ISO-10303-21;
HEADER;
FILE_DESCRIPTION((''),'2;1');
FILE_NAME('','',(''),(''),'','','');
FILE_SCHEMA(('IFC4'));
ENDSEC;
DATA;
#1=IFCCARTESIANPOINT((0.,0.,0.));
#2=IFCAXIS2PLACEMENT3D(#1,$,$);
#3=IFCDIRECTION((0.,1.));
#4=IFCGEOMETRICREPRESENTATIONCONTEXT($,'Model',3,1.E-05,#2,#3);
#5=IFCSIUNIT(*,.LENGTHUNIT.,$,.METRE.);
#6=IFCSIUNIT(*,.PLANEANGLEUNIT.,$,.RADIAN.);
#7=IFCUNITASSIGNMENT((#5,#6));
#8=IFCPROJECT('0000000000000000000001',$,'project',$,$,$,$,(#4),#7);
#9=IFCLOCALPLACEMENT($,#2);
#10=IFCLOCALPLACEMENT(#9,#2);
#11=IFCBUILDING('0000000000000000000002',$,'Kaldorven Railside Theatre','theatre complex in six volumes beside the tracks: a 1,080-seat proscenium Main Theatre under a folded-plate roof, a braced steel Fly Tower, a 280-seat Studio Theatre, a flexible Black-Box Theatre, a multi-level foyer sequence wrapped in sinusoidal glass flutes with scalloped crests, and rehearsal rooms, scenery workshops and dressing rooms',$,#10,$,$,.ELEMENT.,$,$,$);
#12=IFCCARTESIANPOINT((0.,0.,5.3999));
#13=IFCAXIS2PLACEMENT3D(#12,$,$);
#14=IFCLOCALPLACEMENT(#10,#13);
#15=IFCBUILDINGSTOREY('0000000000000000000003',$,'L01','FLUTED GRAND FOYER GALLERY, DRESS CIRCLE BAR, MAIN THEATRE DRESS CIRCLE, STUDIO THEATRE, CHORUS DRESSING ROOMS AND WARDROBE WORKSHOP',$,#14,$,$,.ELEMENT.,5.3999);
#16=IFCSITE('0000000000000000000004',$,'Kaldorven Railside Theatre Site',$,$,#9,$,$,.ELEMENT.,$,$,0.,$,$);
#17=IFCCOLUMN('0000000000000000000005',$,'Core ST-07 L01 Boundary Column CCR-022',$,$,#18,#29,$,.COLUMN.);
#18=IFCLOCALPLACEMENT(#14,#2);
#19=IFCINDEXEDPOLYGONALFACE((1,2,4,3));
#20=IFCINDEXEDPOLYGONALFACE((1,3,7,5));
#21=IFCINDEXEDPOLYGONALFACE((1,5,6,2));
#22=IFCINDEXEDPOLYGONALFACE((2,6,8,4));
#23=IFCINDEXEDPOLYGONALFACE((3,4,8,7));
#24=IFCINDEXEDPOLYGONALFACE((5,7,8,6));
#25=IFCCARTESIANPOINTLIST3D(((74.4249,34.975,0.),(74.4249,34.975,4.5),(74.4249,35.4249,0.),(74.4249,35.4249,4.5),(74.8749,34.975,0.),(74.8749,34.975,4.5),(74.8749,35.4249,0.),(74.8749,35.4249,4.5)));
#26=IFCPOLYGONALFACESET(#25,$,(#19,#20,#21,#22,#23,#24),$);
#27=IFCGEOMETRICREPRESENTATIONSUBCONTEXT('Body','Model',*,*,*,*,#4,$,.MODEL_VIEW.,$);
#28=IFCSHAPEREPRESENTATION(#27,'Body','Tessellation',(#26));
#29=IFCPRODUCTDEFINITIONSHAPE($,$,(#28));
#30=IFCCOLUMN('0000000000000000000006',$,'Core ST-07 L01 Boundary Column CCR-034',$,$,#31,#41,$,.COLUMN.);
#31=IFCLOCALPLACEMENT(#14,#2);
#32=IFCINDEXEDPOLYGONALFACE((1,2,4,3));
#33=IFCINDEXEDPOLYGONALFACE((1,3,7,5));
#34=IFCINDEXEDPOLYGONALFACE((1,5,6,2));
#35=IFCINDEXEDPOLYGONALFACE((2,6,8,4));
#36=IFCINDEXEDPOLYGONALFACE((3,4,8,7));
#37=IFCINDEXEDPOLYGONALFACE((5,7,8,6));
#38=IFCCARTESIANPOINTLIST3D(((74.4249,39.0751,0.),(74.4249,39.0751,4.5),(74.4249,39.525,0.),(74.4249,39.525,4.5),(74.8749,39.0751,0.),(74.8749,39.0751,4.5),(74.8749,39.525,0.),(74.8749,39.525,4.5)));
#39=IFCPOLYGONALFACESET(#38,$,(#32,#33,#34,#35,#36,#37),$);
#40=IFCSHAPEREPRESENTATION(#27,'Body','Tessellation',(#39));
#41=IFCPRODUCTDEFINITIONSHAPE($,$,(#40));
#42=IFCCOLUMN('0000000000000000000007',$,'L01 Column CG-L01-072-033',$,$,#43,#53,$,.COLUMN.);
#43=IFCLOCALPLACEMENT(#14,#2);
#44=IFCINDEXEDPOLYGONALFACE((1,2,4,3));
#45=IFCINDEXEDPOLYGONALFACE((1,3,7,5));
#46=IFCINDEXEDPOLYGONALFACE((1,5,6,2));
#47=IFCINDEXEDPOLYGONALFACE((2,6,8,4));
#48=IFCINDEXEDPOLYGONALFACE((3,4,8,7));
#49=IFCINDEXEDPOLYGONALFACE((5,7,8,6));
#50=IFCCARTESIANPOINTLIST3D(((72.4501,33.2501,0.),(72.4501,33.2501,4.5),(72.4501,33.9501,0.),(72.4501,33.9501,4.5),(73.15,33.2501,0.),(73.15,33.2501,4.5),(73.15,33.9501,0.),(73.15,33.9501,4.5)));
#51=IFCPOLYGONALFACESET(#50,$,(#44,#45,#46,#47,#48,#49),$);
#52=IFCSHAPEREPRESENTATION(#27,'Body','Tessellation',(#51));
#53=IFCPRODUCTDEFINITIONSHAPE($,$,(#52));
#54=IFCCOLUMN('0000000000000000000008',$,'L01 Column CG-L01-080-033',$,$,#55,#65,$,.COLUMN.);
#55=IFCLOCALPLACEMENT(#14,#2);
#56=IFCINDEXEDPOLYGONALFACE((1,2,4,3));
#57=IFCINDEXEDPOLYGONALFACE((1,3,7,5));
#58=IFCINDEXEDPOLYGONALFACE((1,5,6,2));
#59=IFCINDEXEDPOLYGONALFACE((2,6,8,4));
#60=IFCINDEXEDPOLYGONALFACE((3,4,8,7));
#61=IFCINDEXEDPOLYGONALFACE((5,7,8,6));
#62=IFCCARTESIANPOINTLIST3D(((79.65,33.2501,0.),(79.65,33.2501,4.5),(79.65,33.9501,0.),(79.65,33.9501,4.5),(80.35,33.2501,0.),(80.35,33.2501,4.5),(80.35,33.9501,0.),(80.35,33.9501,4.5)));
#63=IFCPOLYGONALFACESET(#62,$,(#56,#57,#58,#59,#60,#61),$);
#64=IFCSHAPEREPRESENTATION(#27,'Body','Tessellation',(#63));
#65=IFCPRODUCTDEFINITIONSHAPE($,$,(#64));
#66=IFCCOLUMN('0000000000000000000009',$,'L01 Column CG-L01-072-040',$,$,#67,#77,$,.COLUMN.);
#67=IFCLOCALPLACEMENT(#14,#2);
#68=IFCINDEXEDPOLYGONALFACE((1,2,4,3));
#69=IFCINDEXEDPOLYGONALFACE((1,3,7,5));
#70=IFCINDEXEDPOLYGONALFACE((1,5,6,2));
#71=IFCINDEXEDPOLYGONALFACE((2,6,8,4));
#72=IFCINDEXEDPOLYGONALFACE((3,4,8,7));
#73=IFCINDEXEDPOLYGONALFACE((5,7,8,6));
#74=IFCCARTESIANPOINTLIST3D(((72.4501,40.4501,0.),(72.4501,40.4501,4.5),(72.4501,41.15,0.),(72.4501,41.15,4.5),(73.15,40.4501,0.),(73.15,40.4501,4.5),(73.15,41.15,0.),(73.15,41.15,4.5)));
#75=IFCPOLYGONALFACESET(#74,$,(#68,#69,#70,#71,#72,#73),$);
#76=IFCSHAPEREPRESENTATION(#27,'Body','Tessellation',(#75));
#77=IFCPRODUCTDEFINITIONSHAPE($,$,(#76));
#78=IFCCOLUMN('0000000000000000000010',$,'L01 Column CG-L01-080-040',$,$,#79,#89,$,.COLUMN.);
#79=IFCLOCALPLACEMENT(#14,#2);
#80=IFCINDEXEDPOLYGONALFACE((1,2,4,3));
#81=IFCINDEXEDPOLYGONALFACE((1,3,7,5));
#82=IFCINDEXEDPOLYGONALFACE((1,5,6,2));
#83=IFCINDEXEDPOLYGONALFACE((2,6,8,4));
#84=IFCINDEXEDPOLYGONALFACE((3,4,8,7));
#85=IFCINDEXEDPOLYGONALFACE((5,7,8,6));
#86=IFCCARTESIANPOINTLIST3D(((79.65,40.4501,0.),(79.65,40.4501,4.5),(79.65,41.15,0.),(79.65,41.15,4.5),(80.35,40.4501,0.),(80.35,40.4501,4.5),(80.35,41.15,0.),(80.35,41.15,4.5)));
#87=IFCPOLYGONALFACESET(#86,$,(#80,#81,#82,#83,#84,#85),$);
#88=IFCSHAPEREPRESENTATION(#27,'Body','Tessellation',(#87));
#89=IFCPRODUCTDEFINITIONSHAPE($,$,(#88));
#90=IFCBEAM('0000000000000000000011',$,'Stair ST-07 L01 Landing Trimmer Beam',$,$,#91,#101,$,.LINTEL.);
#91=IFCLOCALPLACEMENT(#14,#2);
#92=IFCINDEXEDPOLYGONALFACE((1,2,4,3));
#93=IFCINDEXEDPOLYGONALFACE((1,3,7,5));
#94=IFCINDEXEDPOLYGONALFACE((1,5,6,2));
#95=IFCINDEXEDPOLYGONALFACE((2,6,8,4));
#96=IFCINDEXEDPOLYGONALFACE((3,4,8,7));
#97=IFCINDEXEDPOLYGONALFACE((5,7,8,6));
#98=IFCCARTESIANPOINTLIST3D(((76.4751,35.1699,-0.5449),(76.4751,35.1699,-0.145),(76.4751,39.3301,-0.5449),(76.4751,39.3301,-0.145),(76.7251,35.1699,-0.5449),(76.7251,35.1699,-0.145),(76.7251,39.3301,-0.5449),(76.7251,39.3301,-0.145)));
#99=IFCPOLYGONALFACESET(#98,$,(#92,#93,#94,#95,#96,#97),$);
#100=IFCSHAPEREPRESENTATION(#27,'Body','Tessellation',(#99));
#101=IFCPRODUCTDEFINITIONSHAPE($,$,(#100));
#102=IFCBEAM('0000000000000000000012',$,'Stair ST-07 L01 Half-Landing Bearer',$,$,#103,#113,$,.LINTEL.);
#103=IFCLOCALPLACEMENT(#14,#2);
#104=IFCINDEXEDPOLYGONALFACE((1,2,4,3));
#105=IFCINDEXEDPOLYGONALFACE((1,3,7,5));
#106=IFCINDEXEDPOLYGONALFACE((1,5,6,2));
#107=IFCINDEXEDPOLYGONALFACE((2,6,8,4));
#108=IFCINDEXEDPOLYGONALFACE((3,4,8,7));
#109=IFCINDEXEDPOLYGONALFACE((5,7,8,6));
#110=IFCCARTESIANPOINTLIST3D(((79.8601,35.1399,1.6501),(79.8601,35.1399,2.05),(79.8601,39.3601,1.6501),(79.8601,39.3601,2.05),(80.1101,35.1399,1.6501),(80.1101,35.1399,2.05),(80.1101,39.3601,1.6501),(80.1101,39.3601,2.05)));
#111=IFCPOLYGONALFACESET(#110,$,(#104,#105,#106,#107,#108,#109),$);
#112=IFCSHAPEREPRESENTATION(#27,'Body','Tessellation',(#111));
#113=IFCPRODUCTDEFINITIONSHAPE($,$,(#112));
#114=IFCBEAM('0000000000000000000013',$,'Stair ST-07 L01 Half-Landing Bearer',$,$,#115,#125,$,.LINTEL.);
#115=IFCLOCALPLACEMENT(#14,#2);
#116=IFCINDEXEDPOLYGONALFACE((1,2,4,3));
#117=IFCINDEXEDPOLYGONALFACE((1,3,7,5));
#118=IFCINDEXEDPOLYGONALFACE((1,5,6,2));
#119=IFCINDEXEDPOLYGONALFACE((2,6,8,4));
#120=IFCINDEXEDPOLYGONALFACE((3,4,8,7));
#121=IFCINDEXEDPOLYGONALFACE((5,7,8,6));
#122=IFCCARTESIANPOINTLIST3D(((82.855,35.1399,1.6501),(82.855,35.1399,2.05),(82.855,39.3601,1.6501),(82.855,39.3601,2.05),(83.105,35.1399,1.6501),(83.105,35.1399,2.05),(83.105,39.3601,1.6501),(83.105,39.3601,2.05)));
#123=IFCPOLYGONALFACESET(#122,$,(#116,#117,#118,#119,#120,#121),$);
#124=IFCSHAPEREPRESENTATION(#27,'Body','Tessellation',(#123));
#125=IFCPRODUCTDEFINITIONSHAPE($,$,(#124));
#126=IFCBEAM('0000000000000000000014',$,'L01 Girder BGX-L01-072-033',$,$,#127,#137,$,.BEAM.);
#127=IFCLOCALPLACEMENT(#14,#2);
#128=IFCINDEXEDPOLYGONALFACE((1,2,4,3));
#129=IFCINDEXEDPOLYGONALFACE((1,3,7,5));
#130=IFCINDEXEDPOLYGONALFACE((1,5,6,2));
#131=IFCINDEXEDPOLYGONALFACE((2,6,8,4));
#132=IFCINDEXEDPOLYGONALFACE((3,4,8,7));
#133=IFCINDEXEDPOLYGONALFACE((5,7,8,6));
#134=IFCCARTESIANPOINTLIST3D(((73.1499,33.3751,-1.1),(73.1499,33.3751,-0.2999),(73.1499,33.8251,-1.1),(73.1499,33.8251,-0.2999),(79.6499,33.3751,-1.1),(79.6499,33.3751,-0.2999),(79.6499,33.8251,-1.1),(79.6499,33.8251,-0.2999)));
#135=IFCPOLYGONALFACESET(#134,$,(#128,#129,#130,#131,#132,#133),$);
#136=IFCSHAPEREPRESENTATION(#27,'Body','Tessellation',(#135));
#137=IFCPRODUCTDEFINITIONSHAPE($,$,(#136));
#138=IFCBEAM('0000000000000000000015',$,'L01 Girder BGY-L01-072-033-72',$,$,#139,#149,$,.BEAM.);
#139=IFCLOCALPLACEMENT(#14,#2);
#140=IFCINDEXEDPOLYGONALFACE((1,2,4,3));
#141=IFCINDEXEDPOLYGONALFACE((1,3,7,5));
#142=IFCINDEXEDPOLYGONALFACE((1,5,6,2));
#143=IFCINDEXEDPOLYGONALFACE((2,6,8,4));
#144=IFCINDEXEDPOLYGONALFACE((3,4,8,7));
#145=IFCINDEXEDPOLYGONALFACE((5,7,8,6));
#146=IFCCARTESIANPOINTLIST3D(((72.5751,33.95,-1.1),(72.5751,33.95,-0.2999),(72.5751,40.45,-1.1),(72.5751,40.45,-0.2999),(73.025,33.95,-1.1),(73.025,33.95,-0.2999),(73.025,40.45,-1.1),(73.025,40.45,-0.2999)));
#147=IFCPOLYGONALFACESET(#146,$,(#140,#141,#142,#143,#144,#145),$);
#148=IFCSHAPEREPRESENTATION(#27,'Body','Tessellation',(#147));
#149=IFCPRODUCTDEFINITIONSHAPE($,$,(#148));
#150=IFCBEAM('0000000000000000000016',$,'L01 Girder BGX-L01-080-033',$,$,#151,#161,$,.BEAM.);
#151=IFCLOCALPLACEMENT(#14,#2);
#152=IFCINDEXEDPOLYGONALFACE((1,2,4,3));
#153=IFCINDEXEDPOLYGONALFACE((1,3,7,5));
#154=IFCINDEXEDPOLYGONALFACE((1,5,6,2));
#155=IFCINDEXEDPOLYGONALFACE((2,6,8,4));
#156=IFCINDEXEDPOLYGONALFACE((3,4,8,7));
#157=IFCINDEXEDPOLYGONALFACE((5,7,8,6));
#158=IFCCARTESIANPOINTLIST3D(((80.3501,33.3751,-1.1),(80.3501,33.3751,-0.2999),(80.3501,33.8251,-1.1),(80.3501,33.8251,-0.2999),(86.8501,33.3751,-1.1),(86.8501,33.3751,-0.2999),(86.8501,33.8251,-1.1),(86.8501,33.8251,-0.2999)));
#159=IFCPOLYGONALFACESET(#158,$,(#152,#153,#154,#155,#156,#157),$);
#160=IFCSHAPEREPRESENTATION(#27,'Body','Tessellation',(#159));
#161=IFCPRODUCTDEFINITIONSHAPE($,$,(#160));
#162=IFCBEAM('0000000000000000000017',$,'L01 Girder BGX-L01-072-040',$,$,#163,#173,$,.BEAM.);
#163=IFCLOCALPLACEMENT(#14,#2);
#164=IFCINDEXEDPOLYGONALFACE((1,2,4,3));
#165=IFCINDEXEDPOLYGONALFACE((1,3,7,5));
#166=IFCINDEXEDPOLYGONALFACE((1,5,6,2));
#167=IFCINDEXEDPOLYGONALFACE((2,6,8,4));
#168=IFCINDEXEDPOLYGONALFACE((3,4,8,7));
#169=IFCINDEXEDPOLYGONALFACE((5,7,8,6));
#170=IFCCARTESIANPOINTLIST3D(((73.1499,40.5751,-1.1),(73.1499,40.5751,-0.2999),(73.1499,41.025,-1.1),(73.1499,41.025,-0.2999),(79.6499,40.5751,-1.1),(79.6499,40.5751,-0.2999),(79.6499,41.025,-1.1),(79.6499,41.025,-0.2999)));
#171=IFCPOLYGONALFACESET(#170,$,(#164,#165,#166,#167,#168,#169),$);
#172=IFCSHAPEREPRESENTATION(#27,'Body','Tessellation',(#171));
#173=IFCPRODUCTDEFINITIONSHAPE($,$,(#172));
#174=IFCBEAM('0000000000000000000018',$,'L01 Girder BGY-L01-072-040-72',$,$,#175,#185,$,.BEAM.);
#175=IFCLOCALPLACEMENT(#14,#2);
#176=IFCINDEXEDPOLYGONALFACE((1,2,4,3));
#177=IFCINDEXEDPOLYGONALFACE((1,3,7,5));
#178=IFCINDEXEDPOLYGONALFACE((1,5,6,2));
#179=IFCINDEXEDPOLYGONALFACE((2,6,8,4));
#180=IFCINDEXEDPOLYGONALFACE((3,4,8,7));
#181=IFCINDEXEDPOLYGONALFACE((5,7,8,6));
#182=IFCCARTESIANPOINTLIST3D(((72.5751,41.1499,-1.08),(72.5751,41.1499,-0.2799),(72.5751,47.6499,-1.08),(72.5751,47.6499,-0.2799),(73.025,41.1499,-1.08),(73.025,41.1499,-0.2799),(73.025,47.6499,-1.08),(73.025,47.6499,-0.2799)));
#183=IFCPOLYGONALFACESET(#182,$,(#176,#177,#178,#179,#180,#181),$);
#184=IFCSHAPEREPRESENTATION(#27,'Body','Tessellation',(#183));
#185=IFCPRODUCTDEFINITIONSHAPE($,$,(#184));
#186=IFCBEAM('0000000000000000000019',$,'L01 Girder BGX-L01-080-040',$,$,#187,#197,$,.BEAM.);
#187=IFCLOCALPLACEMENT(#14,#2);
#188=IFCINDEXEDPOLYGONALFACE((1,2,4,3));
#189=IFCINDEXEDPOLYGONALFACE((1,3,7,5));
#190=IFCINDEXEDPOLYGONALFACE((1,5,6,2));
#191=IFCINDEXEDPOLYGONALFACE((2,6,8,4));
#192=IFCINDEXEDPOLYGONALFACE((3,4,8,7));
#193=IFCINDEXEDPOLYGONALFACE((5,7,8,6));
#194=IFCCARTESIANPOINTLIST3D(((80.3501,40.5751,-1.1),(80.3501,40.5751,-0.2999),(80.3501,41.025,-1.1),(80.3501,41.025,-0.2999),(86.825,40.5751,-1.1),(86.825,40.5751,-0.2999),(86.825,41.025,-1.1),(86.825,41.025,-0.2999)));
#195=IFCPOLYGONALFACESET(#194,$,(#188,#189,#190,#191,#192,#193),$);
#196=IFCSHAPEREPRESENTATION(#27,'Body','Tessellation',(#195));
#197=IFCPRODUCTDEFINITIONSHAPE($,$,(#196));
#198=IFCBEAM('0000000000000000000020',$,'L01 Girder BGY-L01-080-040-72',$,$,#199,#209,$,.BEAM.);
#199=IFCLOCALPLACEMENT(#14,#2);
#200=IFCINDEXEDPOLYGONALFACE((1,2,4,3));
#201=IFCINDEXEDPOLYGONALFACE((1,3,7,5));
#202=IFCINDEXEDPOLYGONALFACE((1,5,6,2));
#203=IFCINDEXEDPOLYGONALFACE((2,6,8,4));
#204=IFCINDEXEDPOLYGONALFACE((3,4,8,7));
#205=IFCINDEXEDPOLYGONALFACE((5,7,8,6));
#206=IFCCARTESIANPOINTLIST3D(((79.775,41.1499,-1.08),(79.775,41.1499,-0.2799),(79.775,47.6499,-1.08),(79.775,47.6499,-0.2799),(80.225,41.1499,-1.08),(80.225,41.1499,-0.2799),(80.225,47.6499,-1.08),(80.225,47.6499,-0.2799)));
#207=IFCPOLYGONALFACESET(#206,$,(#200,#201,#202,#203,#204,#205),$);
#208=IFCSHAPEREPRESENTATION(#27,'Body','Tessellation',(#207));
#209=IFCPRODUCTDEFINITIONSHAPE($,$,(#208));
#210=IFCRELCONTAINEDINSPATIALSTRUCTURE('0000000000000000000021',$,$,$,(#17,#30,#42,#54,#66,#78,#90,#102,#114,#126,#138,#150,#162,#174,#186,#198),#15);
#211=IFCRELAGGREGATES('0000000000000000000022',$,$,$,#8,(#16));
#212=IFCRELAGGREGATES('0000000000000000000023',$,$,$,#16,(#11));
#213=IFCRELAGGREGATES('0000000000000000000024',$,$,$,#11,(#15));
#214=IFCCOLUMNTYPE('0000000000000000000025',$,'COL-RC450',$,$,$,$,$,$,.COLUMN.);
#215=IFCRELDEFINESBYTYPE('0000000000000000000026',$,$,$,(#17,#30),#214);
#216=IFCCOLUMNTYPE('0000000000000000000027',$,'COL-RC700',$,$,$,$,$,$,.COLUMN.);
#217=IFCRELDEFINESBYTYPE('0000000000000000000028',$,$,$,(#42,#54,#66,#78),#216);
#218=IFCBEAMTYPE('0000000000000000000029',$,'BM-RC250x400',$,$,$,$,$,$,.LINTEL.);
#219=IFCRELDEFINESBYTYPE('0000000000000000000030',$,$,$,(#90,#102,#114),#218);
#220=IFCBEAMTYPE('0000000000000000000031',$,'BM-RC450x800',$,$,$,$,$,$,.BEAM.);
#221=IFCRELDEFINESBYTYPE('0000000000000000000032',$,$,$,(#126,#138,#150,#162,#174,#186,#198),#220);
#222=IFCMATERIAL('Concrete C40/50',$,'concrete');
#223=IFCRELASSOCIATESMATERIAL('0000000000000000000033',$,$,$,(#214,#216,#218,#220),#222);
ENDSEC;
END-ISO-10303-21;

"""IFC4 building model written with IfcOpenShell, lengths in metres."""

from ifc_helpers import new_model, si_unit, direction, frame, origin, origin_2d, place, context, subcontext, project, spatial, rectangle, extrude, material, material_profile, profile_set, type_object, element, save


model = new_model("IFC4")

# Units and contexts
model_context = context("Model", 3, precision=1e-05, world=origin(), true_north=direction((0.0, 1.0)))
body_context = subcontext(model_context, "Body", "Model", "MODEL_VIEW")
ifc_project = project(units=[si_unit("LENGTHUNIT", "METRE"), si_unit("PLANEANGLEUNIT", "RADIAN")], contexts=[model_context])

# Site, building, storey
site_placement = place(None, origin())
site = spatial("IfcSite", under=ifc_project, at=site_placement, Name="Kaldorven Railside Theatre Site", CompositionType="ELEMENT", RefElevation=0.0)
building_placement = place(site_placement, origin())
building = spatial("IfcBuilding", under=site, at=building_placement, Name="Kaldorven Railside Theatre", Description="theatre complex in six volumes beside the tracks: a 1,080-seat proscenium Main Theatre under a folded-plate roof, a braced steel Fly Tower, a 280-seat Studio Theatre, a flexible Black-Box Theatre, a multi-level foyer sequence wrapped in sinusoidal glass flutes with scalloped crests, and rehearsal rooms, scenery workshops and dressing rooms", CompositionType="ELEMENT")
storey_placement = place(building_placement, frame((0.0, 0.0, 5.3999)))
storey = spatial("IfcBuildingStorey", under=building, at=storey_placement, Name="L01", Description="FLUTED GRAND FOYER GALLERY, DRESS CIRCLE BAR, MAIN THEATRE DRESS CIRCLE, STUDIO THEATRE, CHORUS DRESSING ROOMS AND WARDROBE WORKSHOP", CompositionType="ELEMENT", Elevation=5.3999)

# Columns
ifc_material_1 = material(Name="Concrete C40/50", Category="concrete")
ifc_material_profile_1 = material_profile(ifc_material_1, rectangle(XDim=0.45, YDim=0.45, at=origin_2d()), Name="RC 450x450")
ifc_profile_set_1 = profile_set([ifc_material_profile_1], Name="Concrete C40/50")
column_type_1 = type_object("IfcColumnType", Name="COL-RC450", PredefinedType="COLUMN", material=ifc_profile_set_1)
for number, where, z_axis, x_axis, name in (
    (1, (74.6499, 35.2, 0.0), (0.0, 0.0, 1.0), (1.0, 0.0, 0.0), "Core ST-07 L01 Boundary Column CCR-022"),
    (2, (74.6499, 39.3, 0.0), (0.0, 0.0, 1.0), (1.0, 0.0, 0.0), "Core ST-07 L01 Boundary Column CCR-034"),
):
    element("IfcColumn", number, at=place(storey_placement, frame(where, z_axis=z_axis, x_axis=x_axis)), inside=storey, type_object=column_type_1, Name=name, PredefinedType="COLUMN", context=body_context, shape_type="SweptSolid", body=[
        extrude(rectangle(XDim=0.45, YDim=0.45, at=origin_2d()), origin(), (0.0, 0.0, 1.0), 4.5),
    ])
ifc_material_profile_2 = material_profile(ifc_material_1, rectangle(XDim=0.7, YDim=0.7, at=origin_2d()), Name="RC 700x700")
ifc_profile_set_2 = profile_set([ifc_material_profile_2], Name="Concrete C40/50")
column_type_2 = type_object("IfcColumnType", Name="COL-RC700", PredefinedType="COLUMN", material=ifc_profile_set_2)
for number, where, z_axis, x_axis, name in (
    (3, (72.8, 33.6001, 0.0), (0.0, 0.0, 1.0), (1.0, 0.0, 0.0), "L01 Column CG-L01-072-033"),
    (4, (80.0, 33.6001, 0.0), (0.0, 0.0, 1.0), (0.0, 1.0, 0.0), "L01 Column CG-L01-080-033"),
    (5, (72.8, 40.8, 0.0), (0.0, 0.0, 1.0), (0.0, 1.0, 0.0), "L01 Column CG-L01-072-040"),
    (6, (80.0, 40.8, 0.0), (0.0, 0.0, 1.0), (1.0, 0.0, 0.0), "L01 Column CG-L01-080-040"),
):
    element("IfcColumn", number, at=place(storey_placement, frame(where, z_axis=z_axis, x_axis=x_axis)), inside=storey, type_object=column_type_2, Name=name, PredefinedType="COLUMN", context=body_context, shape_type="SweptSolid", body=[
        extrude(rectangle(XDim=0.7, YDim=0.7, at=origin_2d()), origin(), (0.0, 0.0, 1.0), 4.5),
    ])

# Beams
ifc_material_profile_3 = material_profile(ifc_material_1, rectangle(XDim=0.25, YDim=0.3999, at=origin_2d()), Name="RC 250x400")
ifc_profile_set_3 = profile_set([ifc_material_profile_3], Name="Concrete C40/50")
beam_type_1 = type_object("IfcBeamType", Name="BM-RC250x400", PredefinedType="LINTEL", material=ifc_profile_set_3)
beam_1_placement = place(storey_placement, frame((76.6001, 35.1699, -0.345), z_axis=(0.0, 1.0, 0.0), x_axis=(-1.0, 0.0, 0.0)))
element("IfcBeam", 7, at=beam_1_placement, inside=storey, type_object=beam_type_1, Name="Stair ST-07 L01 Landing Trimmer Beam", PredefinedType="LINTEL", context=body_context, shape_type="SweptSolid", body=[
    extrude(rectangle(XDim=0.25, YDim=0.3999, at=origin_2d()), origin(), (0.0, 0.0, 1.0), 4.1602),
])
for number, where, z_axis, x_axis, name in (
    (8, (79.9851, 35.1399, 1.8501), (0.0, 1.0, 0.0), (-1.0, 0.0, 0.0), "Stair ST-07 L01 Half-Landing Bearer"),
    (9, (82.98, 35.1399, 1.8501), (0.0, 1.0, 0.0), (-1.0, 0.0, 0.0), "Stair ST-07 L01 Half-Landing Bearer"),
):
    element("IfcBeam", number, at=place(storey_placement, frame(where, z_axis=z_axis, x_axis=x_axis)), inside=storey, type_object=beam_type_1, Name=name, PredefinedType="LINTEL", context=body_context, shape_type="SweptSolid", body=[
        extrude(rectangle(XDim=0.25, YDim=0.3999, at=origin_2d()), origin(), (0.0, 0.0, 1.0), 4.2202),
    ])
ifc_material_profile_4 = material_profile(ifc_material_1, rectangle(XDim=0.45, YDim=0.8, at=origin_2d()), Name="RC 450x800")
ifc_profile_set_4 = profile_set([ifc_material_profile_4], Name="Concrete C40/50")
beam_type_2 = type_object("IfcBeamType", Name="BM-RC450x800", PredefinedType="BEAM", material=ifc_profile_set_4)
for number, where, z_axis, x_axis, name in (
    (10, (73.1499, 33.6001, -0.7), (1.0, 0.0, 0.0), (0.0, 1.0, 0.0), "L01 Girder BGX-L01-072-033"),
    (11, (72.8, 33.95, -0.7), (0.0, 1.0, 0.0), (-1.0, 0.0, 0.0), "L01 Girder BGY-L01-072-033-72"),
    (12, (80.3501, 33.6001, -0.7), (1.0, 0.0, 0.0), (0.0, 1.0, 0.0), "L01 Girder BGX-L01-080-033"),
    (13, (73.1499, 40.8, -0.7), (1.0, 0.0, 0.0), (0.0, 1.0, 0.0), "L01 Girder BGX-L01-072-040"),
    (14, (72.8, 41.1499, -0.6799), (0.0, 1.0, 0.0), (-1.0, 0.0, 0.0), "L01 Girder BGY-L01-072-040-72"),
):
    element("IfcBeam", number, at=place(storey_placement, frame(where, z_axis=z_axis, x_axis=x_axis)), inside=storey, type_object=beam_type_2, Name=name, PredefinedType="BEAM", context=body_context, shape_type="SweptSolid", body=[
        extrude(rectangle(XDim=0.45, YDim=0.8, at=origin_2d()), origin(), (0.0, 0.0, 1.0), 6.5),
    ])
beam_2_placement = place(storey_placement, frame((80.3501, 40.8, -0.7), z_axis=(1.0, 0.0, 0.0), x_axis=(0.0, 1.0, 0.0)))
element("IfcBeam", 15, at=beam_2_placement, inside=storey, type_object=beam_type_2, Name="L01 Girder BGX-L01-080-040", PredefinedType="BEAM", context=body_context, shape_type="SweptSolid", body=[
    extrude(rectangle(XDim=0.45, YDim=0.8, at=origin_2d()), origin(), (0.0, 0.0, 1.0), 6.4749),
])
beam_3_placement = place(storey_placement, frame((80.0, 41.1499, -0.6799), z_axis=(0.0, 1.0, 0.0), x_axis=(-1.0, 0.0, 0.0)))
element("IfcBeam", 16, at=beam_3_placement, inside=storey, type_object=beam_type_2, Name="L01 Girder BGY-L01-080-040-72", PredefinedType="BEAM", context=body_context, shape_type="SweptSolid", body=[
    extrude(rectangle(XDim=0.45, YDim=0.8, at=origin_2d()), origin(), (0.0, 0.0, 1.0), 6.5),
])

save(model, "model.ifc")
